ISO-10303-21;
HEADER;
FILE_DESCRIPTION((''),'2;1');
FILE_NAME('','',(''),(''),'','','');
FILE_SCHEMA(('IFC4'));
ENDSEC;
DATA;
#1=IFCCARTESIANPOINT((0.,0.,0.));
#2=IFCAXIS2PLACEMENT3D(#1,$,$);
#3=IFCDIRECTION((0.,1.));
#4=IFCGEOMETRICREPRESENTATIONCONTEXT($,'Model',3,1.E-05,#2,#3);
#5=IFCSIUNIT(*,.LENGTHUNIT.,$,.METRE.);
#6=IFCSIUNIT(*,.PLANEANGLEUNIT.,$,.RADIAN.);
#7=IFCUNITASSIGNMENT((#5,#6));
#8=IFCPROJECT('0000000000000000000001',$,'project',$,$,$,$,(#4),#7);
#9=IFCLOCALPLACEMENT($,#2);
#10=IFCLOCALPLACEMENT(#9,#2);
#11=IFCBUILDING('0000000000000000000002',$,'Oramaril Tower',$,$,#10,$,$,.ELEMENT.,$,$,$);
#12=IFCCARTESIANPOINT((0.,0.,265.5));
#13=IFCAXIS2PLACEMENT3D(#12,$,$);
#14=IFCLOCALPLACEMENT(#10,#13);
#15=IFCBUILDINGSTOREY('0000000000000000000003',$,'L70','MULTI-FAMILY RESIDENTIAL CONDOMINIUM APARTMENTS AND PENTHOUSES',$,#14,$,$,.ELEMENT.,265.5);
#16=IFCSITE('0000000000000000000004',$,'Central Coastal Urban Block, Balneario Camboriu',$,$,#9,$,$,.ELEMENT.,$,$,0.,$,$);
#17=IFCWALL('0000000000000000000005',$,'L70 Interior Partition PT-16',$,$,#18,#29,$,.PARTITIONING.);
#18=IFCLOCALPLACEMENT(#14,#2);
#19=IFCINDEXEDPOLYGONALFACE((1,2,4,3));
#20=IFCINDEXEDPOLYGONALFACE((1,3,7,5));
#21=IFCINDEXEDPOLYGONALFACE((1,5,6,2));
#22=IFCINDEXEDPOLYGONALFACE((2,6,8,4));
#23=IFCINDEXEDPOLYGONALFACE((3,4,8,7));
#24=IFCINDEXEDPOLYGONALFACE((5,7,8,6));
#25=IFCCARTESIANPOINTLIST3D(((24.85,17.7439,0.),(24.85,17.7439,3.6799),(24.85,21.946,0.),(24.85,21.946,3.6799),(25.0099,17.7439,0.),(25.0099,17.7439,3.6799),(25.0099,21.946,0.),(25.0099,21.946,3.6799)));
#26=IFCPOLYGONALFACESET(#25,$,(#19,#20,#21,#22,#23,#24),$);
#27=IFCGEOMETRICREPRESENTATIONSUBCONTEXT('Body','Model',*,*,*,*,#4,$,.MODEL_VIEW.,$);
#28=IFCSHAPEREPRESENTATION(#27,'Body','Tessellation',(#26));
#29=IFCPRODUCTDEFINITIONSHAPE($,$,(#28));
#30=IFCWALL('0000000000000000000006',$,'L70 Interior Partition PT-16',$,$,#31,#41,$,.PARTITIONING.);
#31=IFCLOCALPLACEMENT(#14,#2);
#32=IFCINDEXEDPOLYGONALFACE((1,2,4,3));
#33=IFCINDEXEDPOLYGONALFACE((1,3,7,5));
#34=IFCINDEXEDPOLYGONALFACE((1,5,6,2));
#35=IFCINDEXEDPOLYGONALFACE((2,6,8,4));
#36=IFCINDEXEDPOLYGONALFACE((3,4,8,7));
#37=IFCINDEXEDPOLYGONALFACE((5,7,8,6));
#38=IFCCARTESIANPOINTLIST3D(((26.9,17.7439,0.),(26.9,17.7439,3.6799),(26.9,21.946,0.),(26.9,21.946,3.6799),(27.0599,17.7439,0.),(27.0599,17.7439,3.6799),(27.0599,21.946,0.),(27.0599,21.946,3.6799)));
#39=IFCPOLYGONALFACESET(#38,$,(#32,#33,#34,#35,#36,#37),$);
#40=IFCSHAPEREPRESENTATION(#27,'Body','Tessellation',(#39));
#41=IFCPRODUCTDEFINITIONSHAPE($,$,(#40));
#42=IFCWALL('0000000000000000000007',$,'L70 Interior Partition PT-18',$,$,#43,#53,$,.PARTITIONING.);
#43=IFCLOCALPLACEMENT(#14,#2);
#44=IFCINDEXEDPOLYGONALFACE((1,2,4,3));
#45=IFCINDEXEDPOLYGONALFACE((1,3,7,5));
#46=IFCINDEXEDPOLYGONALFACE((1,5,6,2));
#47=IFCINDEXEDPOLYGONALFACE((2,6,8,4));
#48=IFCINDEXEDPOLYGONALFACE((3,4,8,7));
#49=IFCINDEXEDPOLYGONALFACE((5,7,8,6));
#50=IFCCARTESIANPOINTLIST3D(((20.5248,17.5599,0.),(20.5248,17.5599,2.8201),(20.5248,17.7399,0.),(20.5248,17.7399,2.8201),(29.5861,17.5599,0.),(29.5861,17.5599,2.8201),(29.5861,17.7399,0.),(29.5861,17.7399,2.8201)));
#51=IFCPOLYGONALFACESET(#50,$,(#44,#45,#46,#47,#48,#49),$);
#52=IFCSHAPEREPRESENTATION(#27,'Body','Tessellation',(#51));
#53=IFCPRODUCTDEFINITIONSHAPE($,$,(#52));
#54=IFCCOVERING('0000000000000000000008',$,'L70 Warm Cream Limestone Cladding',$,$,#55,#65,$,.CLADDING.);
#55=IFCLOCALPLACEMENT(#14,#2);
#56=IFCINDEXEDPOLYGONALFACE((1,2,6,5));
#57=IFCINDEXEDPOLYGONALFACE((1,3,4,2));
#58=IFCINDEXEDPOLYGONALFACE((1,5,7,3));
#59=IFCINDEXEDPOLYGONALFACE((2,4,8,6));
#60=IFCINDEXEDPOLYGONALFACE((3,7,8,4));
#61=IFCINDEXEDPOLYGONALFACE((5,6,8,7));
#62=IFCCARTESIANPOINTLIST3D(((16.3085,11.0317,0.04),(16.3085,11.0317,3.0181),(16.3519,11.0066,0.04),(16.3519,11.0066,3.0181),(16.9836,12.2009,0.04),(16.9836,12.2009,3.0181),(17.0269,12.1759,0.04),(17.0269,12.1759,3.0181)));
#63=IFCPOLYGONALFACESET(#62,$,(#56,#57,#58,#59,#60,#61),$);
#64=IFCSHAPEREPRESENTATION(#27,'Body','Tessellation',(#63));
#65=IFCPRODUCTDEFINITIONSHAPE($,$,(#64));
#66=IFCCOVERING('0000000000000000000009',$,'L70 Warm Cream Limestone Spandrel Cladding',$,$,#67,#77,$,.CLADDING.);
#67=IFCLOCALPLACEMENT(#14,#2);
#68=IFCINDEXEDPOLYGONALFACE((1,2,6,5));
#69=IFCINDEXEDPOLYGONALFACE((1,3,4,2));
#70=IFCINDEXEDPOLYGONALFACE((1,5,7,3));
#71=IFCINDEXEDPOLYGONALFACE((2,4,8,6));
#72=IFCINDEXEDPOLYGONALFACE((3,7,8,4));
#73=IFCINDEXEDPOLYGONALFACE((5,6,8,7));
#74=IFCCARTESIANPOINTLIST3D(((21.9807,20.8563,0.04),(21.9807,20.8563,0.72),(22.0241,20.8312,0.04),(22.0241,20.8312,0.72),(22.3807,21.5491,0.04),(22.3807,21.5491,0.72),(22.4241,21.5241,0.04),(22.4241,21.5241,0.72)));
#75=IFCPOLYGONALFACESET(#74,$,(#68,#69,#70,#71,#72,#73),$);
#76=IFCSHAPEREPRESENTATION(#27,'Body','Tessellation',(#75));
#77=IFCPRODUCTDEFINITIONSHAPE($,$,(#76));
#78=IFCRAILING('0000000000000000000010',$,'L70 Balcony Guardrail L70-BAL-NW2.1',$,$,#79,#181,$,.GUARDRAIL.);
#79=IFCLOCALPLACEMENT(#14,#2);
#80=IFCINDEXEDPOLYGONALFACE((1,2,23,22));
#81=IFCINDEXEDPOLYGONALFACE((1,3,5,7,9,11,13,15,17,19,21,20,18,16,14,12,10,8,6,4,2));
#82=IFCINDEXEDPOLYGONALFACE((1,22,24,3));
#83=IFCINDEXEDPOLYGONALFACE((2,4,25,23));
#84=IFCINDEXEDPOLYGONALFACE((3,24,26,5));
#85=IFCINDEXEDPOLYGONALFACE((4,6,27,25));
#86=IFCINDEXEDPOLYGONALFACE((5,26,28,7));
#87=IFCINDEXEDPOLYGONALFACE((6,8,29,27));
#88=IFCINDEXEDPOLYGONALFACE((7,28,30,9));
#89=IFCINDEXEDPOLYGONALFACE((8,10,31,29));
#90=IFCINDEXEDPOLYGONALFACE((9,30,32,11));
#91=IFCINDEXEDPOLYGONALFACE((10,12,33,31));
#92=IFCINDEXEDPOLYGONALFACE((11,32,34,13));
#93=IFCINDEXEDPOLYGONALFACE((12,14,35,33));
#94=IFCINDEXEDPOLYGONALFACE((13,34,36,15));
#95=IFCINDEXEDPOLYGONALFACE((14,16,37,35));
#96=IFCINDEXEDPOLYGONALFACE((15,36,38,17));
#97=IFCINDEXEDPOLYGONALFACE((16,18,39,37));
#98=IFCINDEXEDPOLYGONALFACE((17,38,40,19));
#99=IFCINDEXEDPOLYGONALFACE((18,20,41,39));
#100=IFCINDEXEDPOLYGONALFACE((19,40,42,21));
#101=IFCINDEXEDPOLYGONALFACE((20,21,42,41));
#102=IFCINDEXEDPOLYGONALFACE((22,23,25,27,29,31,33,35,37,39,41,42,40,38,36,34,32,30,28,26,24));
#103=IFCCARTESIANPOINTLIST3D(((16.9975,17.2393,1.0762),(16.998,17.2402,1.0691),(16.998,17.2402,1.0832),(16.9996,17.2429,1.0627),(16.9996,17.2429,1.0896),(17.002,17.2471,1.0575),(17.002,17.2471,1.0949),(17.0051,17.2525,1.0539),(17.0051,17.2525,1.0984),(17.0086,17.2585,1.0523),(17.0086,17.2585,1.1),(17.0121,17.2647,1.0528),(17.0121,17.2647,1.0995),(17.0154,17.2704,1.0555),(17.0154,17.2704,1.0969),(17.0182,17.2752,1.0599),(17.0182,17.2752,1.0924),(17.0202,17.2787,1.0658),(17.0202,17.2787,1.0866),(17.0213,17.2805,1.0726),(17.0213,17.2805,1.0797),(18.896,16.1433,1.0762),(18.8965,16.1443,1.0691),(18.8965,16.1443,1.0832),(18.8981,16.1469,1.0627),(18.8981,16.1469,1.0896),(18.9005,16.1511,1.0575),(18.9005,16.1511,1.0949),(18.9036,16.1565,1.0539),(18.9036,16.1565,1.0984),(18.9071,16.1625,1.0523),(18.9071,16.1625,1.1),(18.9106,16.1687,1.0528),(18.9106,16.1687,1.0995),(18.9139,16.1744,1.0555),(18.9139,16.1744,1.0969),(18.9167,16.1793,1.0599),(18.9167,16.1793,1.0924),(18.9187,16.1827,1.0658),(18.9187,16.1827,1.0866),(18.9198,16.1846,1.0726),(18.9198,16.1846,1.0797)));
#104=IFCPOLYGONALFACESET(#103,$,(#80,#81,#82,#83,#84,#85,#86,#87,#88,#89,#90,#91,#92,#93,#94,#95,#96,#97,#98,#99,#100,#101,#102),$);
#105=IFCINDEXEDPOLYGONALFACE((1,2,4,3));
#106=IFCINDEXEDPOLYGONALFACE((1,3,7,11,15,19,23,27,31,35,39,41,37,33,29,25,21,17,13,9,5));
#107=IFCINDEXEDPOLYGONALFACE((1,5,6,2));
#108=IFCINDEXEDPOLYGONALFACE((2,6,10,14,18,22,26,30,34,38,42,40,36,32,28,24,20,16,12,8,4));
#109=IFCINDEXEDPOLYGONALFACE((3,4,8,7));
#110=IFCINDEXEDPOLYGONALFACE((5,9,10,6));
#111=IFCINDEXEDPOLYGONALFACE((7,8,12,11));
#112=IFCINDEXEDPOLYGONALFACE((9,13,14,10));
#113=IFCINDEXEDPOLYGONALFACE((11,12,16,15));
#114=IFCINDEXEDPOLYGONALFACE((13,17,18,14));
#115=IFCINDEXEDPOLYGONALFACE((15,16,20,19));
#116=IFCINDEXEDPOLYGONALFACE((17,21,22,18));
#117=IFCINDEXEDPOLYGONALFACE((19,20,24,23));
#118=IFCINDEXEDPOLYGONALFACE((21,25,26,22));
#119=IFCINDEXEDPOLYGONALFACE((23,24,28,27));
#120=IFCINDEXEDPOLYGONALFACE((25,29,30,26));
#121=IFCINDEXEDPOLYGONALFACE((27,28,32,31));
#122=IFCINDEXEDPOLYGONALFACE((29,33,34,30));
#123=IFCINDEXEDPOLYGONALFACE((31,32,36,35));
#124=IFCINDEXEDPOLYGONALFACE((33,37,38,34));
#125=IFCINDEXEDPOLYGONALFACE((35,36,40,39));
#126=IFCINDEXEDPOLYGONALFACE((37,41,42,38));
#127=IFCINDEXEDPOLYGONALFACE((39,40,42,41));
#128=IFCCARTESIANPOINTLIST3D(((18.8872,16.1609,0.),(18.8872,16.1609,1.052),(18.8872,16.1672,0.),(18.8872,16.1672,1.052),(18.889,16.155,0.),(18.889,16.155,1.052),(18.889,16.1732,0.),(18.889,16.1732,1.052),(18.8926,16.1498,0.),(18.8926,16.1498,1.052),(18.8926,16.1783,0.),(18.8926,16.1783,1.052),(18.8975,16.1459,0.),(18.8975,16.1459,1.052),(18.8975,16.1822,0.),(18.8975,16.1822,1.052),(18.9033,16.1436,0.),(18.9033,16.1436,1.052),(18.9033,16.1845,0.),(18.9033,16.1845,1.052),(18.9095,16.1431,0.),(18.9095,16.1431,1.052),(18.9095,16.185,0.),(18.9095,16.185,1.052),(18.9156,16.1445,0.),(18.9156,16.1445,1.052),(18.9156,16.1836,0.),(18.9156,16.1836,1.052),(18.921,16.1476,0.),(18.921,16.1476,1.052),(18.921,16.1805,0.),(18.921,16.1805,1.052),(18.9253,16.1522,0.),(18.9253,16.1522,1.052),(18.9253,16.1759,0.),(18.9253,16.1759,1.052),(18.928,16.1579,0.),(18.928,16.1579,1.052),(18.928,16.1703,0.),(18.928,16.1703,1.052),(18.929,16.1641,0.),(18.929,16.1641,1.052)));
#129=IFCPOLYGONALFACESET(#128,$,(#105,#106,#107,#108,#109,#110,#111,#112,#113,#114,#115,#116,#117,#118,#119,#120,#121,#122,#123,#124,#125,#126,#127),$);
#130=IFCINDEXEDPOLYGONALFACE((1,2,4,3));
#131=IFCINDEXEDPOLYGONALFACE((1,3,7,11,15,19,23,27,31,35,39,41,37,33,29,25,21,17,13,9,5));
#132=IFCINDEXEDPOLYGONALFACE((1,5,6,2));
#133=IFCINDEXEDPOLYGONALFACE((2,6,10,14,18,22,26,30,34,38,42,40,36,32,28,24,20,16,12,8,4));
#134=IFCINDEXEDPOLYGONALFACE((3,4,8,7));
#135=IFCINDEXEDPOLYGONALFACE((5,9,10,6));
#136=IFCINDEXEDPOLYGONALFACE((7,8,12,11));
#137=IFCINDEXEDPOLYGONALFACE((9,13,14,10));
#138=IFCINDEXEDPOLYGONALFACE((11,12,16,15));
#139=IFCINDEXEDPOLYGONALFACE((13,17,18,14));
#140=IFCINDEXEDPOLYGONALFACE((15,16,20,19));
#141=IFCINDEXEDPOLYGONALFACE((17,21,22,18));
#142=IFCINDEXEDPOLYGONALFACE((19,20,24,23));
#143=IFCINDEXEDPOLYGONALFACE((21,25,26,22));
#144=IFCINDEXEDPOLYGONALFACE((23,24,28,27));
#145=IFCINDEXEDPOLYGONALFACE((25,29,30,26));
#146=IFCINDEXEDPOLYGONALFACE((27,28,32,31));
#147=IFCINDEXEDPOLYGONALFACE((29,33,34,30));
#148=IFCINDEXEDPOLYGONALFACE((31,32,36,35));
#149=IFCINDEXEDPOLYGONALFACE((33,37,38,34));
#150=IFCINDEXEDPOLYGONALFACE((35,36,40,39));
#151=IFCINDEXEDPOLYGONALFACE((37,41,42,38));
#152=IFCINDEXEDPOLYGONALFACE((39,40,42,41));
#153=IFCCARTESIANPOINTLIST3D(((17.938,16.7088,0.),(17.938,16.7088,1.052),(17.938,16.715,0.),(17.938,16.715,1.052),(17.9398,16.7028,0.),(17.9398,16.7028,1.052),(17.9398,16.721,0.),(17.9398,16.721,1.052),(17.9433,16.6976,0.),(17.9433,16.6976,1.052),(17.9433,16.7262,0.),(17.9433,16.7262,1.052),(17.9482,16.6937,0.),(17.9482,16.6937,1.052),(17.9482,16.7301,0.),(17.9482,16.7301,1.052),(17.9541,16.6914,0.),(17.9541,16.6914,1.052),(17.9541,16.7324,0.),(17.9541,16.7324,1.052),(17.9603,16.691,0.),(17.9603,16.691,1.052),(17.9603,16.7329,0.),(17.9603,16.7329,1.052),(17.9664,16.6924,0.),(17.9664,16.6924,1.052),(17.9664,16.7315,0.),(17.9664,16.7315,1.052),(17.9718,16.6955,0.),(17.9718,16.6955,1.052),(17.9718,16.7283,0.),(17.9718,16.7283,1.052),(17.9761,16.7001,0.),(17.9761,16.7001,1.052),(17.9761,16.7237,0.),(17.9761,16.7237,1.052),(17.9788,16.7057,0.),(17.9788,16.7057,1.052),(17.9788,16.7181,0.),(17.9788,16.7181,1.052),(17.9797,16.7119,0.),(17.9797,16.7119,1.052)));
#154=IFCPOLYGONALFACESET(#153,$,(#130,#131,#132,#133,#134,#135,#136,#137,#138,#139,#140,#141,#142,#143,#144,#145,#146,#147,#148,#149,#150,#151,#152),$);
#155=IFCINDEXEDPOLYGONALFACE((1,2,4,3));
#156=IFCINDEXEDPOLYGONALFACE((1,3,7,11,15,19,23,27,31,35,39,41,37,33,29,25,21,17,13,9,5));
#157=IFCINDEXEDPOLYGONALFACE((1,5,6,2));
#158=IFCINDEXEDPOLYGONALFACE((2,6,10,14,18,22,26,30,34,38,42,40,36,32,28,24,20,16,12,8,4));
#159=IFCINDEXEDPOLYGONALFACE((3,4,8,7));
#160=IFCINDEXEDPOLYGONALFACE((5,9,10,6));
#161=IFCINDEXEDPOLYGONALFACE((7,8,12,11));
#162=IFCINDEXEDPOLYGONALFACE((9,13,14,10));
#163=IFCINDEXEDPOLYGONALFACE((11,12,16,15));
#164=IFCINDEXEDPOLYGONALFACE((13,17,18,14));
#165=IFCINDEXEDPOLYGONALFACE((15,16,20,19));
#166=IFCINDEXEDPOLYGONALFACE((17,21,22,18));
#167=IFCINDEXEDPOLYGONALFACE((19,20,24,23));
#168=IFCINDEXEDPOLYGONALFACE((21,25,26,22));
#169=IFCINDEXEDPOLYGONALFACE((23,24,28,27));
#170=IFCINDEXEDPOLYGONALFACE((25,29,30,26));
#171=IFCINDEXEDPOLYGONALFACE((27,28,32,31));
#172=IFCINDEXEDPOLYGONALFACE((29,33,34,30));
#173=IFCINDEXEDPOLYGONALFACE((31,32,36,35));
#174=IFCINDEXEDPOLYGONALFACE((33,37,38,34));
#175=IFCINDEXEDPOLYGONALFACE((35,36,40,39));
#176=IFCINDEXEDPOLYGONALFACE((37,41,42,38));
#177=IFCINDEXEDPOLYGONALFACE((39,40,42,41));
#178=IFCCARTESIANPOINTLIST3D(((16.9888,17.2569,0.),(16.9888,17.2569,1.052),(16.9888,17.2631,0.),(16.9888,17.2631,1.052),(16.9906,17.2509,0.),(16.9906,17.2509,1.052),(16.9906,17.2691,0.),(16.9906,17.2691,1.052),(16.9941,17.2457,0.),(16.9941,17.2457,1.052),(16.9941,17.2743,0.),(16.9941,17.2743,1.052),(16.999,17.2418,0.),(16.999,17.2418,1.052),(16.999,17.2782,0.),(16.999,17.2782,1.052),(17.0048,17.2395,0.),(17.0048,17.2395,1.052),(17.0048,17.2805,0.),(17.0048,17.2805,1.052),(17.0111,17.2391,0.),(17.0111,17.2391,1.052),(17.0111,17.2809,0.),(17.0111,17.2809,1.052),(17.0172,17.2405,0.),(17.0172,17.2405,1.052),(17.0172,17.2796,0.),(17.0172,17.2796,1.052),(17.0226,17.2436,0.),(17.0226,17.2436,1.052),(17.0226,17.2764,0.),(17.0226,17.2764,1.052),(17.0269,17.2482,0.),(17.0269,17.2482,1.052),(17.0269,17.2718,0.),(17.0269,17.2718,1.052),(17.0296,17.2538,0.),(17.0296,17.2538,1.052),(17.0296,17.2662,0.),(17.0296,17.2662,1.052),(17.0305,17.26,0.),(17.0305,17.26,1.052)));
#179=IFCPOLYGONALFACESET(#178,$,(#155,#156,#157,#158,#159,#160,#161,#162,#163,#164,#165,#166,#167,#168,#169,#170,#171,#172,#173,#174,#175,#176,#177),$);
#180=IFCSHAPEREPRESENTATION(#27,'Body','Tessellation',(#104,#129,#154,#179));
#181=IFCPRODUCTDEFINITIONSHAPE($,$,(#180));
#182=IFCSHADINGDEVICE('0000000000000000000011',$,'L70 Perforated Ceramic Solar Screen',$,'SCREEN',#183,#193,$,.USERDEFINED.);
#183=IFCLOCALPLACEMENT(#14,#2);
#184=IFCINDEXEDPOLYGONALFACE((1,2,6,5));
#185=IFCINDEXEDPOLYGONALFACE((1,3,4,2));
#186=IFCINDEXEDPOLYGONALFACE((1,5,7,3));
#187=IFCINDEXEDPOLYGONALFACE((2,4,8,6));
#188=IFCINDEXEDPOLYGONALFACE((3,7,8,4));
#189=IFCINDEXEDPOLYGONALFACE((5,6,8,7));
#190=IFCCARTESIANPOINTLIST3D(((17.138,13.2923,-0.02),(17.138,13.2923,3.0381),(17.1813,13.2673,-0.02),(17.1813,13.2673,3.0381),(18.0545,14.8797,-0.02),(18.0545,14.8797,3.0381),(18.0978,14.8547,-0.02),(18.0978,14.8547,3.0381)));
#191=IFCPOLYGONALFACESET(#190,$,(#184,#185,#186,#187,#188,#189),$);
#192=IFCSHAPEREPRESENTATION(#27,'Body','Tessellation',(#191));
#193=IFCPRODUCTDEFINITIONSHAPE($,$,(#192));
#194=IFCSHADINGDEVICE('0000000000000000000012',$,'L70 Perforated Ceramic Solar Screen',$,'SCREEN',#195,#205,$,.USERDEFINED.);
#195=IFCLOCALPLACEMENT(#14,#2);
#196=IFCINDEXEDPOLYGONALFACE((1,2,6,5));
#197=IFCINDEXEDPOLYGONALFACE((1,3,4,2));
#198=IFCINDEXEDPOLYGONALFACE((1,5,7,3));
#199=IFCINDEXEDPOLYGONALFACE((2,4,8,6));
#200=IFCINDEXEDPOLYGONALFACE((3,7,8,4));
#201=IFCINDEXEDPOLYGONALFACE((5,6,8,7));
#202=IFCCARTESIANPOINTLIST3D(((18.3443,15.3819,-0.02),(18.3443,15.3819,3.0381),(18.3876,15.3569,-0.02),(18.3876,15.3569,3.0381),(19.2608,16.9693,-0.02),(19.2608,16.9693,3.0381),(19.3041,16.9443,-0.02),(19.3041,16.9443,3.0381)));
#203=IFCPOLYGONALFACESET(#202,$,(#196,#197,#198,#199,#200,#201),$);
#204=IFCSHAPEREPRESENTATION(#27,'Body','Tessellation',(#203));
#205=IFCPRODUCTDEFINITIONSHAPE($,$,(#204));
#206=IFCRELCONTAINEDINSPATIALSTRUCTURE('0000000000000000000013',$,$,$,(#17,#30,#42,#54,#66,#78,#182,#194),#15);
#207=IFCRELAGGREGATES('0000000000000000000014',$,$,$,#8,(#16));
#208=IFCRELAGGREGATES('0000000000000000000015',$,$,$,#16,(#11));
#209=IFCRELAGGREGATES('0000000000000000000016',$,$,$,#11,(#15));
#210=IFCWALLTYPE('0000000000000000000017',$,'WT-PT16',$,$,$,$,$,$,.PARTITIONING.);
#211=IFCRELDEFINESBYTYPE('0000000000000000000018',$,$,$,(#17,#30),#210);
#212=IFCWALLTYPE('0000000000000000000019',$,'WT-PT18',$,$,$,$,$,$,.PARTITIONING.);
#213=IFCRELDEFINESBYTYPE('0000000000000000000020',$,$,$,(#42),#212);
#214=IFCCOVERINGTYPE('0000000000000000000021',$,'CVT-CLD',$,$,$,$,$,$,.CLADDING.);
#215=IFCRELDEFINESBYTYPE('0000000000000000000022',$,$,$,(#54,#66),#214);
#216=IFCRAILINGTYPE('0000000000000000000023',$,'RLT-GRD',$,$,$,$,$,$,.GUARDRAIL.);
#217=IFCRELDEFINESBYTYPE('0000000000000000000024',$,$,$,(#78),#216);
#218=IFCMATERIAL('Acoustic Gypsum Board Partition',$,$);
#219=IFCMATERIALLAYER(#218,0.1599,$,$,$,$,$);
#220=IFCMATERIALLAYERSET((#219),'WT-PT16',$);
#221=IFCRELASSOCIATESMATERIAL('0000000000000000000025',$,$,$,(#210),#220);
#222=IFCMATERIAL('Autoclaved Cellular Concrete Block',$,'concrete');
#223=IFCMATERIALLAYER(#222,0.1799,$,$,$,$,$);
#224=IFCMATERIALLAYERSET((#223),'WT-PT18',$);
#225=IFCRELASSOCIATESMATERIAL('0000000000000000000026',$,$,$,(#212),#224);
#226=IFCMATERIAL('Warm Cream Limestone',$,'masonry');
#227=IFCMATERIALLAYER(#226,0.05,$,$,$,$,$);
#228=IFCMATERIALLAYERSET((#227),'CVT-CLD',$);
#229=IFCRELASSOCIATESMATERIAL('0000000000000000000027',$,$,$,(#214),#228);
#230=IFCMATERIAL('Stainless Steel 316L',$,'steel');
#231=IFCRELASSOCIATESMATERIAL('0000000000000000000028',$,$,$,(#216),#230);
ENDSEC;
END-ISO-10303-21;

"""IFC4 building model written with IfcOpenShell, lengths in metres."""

from ifc_helpers import new_model, si_unit, direction, frame, frame_2d, origin, origin_2d, place, context, subcontext, project, spatial, rectangle, circle, extrude, material, layer, layer_set, type_object, element, save


model = new_model("IFC4")

# Units and contexts
model_context = context("Model", 3, precision=1e-05, world=origin(), true_north=direction((0.0, 1.0)))
body_context = subcontext(model_context, "Body", "Model", "MODEL_VIEW")
ifc_project = project(units=[si_unit("LENGTHUNIT", "METRE"), si_unit("PLANEANGLEUNIT", "RADIAN")], contexts=[model_context])

# Site, building, storey
site_placement = place(None, origin())
site = spatial("IfcSite", under=ifc_project, at=site_placement, Name="Central Coastal Urban Block, Balneario Camboriu", CompositionType="ELEMENT", RefElevation=0.0)
building_placement = place(site_placement, origin())
building = spatial("IfcBuilding", under=site, at=building_placement, Name="Oramaril Tower", CompositionType="ELEMENT")
storey_placement = place(building_placement, frame((0.0, 0.0, 265.5)))
storey = spatial("IfcBuildingStorey", under=building, at=storey_placement, Name="L70", Description="MULTI-FAMILY RESIDENTIAL CONDOMINIUM APARTMENTS AND PENTHOUSES", CompositionType="ELEMENT", Elevation=265.5)

# Walls
ifc_material_1 = material(Name="Acoustic Gypsum Board Partition")
ifc_layer_1 = layer(ifc_material_1, 0.1599)
ifc_layer_set_1 = layer_set([ifc_layer_1], Name="WT-PT16")
wall_type_1 = type_object("IfcWallType", Name="WT-PT16", PredefinedType="PARTITIONING", material=ifc_layer_set_1)
for number, where, z_axis, x_axis, name in (
    (1, (24.9299, 17.7439, 0.0), (0.0, 0.0, 1.0), (0.0, 1.0, 0.0), "L70 Interior Partition PT-16"),
    (2, (26.98, 17.7439, 0.0), (0.0, 0.0, 1.0), (0.0, 1.0, 0.0), "L70 Interior Partition PT-16"),
):
    element("IfcWall", number, at=place(storey_placement, frame(where, z_axis=z_axis, x_axis=x_axis)), inside=storey, type_object=wall_type_1, Name=name, PredefinedType="PARTITIONING", context=body_context, shape_type="SweptSolid", body=[
        extrude(rectangle(XDim=4.2021, YDim=0.1599, at=frame_2d((2.1011, 0.0))), origin(), (0.0, 0.0, 1.0), 3.6799),
    ])
ifc_material_2 = material(Name="Autoclaved Cellular Concrete Block", Category="concrete")
ifc_layer_2 = layer(ifc_material_2, 0.1799)
ifc_layer_set_2 = layer_set([ifc_layer_2], Name="WT-PT18")
wall_type_2 = type_object("IfcWallType", Name="WT-PT18", PredefinedType="PARTITIONING", material=ifc_layer_set_2)
wall_1_placement = place(storey_placement, frame((20.5247, 17.6499, 0.0), z_axis=(0.0, 0.0, 1.0), x_axis=(1.0, 0.0, 0.0)))
element("IfcWall", 3, at=wall_1_placement, inside=storey, type_object=wall_type_2, Name="L70 Interior Partition PT-18", PredefinedType="PARTITIONING", context=body_context, shape_type="SweptSolid", body=[
    extrude(rectangle(XDim=9.0613, YDim=0.1799, at=frame_2d((4.5308, 0.0))), origin(), (0.0, 0.0, 1.0), 2.8201),
])

# Coverings
ifc_material_3 = material(Name="Warm Cream Limestone", Category="masonry")
ifc_layer_3 = layer(ifc_material_3, 0.05)
ifc_layer_set_3 = layer_set([ifc_layer_3], Name="CVT-CLD")
covering_type = type_object("IfcCoveringType", Name="CVT-CLD", PredefinedType="CLADDING", material=ifc_layer_set_3)
covering_1_placement = place(storey_placement, frame((16.6677, 11.6038, 0.04), z_axis=(0.0, 0.0, 1.0), x_axis=(-0.499998, -0.866026, 0.0)))
element("IfcCovering", 4, at=covering_1_placement, inside=storey, type_object=covering_type, Name="L70 Warm Cream Limestone Cladding", PredefinedType="CLADDING", context=body_context, shape_type="SweptSolid", body=[
    extrude(rectangle(XDim=1.3501, YDim=0.05, at=origin_2d()), origin(), (0.0, 0.0, 1.0), 2.978),
])
covering_2_placement = place(storey_placement, frame((22.2024, 21.1902, 0.04), z_axis=(0.0, 0.0, 1.0), x_axis=(-0.499998, -0.866026, 0.0)))
element("IfcCovering", 5, at=covering_2_placement, inside=storey, type_object=covering_type, Name="L70 Warm Cream Limestone Spandrel Cladding", PredefinedType="CLADDING", context=body_context, shape_type="SweptSolid", body=[
    extrude(rectangle(XDim=0.8, YDim=0.05, at=origin_2d()), origin(), (0.0, 0.0, 1.0), 0.6799),
])

# Railing
ifc_material_4 = material(Name="Stainless Steel 316L", Category="steel")
railing_type = type_object("IfcRailingType", Name="RLT-GRD", PredefinedType="GUARDRAIL", material=ifc_material_4)
railing_1_placement = place(storey_placement, frame((18.908, 16.1641, 0.0)))
element("IfcRailing", 6, at=railing_1_placement, inside=storey, type_object=railing_type, Name="L70 Balcony Guardrail L70-BAL-NW2.1", PredefinedType="GUARDRAIL", context=body_context, shape_type="SweptSolid", body=[
    extrude(circle(Radius=0.0239, at=origin_2d()), frame((0.0, 0.0, 1.0762), z_axis=(-0.866048, 0.49996, 0.0), x_axis=(-0.49996, -0.866048, 0.0)), (0.0, 0.0, 1.0), 2.1921),
    extrude(circle(Radius=0.021, at=origin_2d()), origin(), (0.0, 0.0, 1.0), 1.052),
    extrude(circle(Radius=0.021, at=origin_2d()), frame((-0.9492, 0.5479, 0.0)), (0.0, 0.0, 1.0), 1.052),
    extrude(circle(Radius=0.021, at=origin_2d()), frame((-1.8984, 1.0959, 0.0)), (0.0, 0.0, 1.0), 1.052),
])

# Shading devices
for number, where, z_axis, x_axis, name in (
    (7, (17.6179, 14.0735, -0.02), (0.0, 0.0, 1.0), (-0.499998, -0.866026, 0.0), "L70 Perforated Ceramic Solar Screen"),
    (8, (18.8242, 16.1631, -0.02), (0.0, 0.0, 1.0), (-0.499998, -0.866026, 0.0), "L70 Perforated Ceramic Solar Screen"),
):
    element("IfcShadingDevice", number, at=place(storey_placement, frame(where, z_axis=z_axis, x_axis=x_axis)), inside=storey, Name=name, ObjectType="SCREEN", PredefinedType="USERDEFINED", context=body_context, shape_type="SweptSolid", body=[
        extrude(rectangle(XDim=1.833, YDim=0.05, at=origin_2d()), origin(), (0.0, 0.0, 1.0), 3.0581),
    ])

save(model, "model.ifc")
